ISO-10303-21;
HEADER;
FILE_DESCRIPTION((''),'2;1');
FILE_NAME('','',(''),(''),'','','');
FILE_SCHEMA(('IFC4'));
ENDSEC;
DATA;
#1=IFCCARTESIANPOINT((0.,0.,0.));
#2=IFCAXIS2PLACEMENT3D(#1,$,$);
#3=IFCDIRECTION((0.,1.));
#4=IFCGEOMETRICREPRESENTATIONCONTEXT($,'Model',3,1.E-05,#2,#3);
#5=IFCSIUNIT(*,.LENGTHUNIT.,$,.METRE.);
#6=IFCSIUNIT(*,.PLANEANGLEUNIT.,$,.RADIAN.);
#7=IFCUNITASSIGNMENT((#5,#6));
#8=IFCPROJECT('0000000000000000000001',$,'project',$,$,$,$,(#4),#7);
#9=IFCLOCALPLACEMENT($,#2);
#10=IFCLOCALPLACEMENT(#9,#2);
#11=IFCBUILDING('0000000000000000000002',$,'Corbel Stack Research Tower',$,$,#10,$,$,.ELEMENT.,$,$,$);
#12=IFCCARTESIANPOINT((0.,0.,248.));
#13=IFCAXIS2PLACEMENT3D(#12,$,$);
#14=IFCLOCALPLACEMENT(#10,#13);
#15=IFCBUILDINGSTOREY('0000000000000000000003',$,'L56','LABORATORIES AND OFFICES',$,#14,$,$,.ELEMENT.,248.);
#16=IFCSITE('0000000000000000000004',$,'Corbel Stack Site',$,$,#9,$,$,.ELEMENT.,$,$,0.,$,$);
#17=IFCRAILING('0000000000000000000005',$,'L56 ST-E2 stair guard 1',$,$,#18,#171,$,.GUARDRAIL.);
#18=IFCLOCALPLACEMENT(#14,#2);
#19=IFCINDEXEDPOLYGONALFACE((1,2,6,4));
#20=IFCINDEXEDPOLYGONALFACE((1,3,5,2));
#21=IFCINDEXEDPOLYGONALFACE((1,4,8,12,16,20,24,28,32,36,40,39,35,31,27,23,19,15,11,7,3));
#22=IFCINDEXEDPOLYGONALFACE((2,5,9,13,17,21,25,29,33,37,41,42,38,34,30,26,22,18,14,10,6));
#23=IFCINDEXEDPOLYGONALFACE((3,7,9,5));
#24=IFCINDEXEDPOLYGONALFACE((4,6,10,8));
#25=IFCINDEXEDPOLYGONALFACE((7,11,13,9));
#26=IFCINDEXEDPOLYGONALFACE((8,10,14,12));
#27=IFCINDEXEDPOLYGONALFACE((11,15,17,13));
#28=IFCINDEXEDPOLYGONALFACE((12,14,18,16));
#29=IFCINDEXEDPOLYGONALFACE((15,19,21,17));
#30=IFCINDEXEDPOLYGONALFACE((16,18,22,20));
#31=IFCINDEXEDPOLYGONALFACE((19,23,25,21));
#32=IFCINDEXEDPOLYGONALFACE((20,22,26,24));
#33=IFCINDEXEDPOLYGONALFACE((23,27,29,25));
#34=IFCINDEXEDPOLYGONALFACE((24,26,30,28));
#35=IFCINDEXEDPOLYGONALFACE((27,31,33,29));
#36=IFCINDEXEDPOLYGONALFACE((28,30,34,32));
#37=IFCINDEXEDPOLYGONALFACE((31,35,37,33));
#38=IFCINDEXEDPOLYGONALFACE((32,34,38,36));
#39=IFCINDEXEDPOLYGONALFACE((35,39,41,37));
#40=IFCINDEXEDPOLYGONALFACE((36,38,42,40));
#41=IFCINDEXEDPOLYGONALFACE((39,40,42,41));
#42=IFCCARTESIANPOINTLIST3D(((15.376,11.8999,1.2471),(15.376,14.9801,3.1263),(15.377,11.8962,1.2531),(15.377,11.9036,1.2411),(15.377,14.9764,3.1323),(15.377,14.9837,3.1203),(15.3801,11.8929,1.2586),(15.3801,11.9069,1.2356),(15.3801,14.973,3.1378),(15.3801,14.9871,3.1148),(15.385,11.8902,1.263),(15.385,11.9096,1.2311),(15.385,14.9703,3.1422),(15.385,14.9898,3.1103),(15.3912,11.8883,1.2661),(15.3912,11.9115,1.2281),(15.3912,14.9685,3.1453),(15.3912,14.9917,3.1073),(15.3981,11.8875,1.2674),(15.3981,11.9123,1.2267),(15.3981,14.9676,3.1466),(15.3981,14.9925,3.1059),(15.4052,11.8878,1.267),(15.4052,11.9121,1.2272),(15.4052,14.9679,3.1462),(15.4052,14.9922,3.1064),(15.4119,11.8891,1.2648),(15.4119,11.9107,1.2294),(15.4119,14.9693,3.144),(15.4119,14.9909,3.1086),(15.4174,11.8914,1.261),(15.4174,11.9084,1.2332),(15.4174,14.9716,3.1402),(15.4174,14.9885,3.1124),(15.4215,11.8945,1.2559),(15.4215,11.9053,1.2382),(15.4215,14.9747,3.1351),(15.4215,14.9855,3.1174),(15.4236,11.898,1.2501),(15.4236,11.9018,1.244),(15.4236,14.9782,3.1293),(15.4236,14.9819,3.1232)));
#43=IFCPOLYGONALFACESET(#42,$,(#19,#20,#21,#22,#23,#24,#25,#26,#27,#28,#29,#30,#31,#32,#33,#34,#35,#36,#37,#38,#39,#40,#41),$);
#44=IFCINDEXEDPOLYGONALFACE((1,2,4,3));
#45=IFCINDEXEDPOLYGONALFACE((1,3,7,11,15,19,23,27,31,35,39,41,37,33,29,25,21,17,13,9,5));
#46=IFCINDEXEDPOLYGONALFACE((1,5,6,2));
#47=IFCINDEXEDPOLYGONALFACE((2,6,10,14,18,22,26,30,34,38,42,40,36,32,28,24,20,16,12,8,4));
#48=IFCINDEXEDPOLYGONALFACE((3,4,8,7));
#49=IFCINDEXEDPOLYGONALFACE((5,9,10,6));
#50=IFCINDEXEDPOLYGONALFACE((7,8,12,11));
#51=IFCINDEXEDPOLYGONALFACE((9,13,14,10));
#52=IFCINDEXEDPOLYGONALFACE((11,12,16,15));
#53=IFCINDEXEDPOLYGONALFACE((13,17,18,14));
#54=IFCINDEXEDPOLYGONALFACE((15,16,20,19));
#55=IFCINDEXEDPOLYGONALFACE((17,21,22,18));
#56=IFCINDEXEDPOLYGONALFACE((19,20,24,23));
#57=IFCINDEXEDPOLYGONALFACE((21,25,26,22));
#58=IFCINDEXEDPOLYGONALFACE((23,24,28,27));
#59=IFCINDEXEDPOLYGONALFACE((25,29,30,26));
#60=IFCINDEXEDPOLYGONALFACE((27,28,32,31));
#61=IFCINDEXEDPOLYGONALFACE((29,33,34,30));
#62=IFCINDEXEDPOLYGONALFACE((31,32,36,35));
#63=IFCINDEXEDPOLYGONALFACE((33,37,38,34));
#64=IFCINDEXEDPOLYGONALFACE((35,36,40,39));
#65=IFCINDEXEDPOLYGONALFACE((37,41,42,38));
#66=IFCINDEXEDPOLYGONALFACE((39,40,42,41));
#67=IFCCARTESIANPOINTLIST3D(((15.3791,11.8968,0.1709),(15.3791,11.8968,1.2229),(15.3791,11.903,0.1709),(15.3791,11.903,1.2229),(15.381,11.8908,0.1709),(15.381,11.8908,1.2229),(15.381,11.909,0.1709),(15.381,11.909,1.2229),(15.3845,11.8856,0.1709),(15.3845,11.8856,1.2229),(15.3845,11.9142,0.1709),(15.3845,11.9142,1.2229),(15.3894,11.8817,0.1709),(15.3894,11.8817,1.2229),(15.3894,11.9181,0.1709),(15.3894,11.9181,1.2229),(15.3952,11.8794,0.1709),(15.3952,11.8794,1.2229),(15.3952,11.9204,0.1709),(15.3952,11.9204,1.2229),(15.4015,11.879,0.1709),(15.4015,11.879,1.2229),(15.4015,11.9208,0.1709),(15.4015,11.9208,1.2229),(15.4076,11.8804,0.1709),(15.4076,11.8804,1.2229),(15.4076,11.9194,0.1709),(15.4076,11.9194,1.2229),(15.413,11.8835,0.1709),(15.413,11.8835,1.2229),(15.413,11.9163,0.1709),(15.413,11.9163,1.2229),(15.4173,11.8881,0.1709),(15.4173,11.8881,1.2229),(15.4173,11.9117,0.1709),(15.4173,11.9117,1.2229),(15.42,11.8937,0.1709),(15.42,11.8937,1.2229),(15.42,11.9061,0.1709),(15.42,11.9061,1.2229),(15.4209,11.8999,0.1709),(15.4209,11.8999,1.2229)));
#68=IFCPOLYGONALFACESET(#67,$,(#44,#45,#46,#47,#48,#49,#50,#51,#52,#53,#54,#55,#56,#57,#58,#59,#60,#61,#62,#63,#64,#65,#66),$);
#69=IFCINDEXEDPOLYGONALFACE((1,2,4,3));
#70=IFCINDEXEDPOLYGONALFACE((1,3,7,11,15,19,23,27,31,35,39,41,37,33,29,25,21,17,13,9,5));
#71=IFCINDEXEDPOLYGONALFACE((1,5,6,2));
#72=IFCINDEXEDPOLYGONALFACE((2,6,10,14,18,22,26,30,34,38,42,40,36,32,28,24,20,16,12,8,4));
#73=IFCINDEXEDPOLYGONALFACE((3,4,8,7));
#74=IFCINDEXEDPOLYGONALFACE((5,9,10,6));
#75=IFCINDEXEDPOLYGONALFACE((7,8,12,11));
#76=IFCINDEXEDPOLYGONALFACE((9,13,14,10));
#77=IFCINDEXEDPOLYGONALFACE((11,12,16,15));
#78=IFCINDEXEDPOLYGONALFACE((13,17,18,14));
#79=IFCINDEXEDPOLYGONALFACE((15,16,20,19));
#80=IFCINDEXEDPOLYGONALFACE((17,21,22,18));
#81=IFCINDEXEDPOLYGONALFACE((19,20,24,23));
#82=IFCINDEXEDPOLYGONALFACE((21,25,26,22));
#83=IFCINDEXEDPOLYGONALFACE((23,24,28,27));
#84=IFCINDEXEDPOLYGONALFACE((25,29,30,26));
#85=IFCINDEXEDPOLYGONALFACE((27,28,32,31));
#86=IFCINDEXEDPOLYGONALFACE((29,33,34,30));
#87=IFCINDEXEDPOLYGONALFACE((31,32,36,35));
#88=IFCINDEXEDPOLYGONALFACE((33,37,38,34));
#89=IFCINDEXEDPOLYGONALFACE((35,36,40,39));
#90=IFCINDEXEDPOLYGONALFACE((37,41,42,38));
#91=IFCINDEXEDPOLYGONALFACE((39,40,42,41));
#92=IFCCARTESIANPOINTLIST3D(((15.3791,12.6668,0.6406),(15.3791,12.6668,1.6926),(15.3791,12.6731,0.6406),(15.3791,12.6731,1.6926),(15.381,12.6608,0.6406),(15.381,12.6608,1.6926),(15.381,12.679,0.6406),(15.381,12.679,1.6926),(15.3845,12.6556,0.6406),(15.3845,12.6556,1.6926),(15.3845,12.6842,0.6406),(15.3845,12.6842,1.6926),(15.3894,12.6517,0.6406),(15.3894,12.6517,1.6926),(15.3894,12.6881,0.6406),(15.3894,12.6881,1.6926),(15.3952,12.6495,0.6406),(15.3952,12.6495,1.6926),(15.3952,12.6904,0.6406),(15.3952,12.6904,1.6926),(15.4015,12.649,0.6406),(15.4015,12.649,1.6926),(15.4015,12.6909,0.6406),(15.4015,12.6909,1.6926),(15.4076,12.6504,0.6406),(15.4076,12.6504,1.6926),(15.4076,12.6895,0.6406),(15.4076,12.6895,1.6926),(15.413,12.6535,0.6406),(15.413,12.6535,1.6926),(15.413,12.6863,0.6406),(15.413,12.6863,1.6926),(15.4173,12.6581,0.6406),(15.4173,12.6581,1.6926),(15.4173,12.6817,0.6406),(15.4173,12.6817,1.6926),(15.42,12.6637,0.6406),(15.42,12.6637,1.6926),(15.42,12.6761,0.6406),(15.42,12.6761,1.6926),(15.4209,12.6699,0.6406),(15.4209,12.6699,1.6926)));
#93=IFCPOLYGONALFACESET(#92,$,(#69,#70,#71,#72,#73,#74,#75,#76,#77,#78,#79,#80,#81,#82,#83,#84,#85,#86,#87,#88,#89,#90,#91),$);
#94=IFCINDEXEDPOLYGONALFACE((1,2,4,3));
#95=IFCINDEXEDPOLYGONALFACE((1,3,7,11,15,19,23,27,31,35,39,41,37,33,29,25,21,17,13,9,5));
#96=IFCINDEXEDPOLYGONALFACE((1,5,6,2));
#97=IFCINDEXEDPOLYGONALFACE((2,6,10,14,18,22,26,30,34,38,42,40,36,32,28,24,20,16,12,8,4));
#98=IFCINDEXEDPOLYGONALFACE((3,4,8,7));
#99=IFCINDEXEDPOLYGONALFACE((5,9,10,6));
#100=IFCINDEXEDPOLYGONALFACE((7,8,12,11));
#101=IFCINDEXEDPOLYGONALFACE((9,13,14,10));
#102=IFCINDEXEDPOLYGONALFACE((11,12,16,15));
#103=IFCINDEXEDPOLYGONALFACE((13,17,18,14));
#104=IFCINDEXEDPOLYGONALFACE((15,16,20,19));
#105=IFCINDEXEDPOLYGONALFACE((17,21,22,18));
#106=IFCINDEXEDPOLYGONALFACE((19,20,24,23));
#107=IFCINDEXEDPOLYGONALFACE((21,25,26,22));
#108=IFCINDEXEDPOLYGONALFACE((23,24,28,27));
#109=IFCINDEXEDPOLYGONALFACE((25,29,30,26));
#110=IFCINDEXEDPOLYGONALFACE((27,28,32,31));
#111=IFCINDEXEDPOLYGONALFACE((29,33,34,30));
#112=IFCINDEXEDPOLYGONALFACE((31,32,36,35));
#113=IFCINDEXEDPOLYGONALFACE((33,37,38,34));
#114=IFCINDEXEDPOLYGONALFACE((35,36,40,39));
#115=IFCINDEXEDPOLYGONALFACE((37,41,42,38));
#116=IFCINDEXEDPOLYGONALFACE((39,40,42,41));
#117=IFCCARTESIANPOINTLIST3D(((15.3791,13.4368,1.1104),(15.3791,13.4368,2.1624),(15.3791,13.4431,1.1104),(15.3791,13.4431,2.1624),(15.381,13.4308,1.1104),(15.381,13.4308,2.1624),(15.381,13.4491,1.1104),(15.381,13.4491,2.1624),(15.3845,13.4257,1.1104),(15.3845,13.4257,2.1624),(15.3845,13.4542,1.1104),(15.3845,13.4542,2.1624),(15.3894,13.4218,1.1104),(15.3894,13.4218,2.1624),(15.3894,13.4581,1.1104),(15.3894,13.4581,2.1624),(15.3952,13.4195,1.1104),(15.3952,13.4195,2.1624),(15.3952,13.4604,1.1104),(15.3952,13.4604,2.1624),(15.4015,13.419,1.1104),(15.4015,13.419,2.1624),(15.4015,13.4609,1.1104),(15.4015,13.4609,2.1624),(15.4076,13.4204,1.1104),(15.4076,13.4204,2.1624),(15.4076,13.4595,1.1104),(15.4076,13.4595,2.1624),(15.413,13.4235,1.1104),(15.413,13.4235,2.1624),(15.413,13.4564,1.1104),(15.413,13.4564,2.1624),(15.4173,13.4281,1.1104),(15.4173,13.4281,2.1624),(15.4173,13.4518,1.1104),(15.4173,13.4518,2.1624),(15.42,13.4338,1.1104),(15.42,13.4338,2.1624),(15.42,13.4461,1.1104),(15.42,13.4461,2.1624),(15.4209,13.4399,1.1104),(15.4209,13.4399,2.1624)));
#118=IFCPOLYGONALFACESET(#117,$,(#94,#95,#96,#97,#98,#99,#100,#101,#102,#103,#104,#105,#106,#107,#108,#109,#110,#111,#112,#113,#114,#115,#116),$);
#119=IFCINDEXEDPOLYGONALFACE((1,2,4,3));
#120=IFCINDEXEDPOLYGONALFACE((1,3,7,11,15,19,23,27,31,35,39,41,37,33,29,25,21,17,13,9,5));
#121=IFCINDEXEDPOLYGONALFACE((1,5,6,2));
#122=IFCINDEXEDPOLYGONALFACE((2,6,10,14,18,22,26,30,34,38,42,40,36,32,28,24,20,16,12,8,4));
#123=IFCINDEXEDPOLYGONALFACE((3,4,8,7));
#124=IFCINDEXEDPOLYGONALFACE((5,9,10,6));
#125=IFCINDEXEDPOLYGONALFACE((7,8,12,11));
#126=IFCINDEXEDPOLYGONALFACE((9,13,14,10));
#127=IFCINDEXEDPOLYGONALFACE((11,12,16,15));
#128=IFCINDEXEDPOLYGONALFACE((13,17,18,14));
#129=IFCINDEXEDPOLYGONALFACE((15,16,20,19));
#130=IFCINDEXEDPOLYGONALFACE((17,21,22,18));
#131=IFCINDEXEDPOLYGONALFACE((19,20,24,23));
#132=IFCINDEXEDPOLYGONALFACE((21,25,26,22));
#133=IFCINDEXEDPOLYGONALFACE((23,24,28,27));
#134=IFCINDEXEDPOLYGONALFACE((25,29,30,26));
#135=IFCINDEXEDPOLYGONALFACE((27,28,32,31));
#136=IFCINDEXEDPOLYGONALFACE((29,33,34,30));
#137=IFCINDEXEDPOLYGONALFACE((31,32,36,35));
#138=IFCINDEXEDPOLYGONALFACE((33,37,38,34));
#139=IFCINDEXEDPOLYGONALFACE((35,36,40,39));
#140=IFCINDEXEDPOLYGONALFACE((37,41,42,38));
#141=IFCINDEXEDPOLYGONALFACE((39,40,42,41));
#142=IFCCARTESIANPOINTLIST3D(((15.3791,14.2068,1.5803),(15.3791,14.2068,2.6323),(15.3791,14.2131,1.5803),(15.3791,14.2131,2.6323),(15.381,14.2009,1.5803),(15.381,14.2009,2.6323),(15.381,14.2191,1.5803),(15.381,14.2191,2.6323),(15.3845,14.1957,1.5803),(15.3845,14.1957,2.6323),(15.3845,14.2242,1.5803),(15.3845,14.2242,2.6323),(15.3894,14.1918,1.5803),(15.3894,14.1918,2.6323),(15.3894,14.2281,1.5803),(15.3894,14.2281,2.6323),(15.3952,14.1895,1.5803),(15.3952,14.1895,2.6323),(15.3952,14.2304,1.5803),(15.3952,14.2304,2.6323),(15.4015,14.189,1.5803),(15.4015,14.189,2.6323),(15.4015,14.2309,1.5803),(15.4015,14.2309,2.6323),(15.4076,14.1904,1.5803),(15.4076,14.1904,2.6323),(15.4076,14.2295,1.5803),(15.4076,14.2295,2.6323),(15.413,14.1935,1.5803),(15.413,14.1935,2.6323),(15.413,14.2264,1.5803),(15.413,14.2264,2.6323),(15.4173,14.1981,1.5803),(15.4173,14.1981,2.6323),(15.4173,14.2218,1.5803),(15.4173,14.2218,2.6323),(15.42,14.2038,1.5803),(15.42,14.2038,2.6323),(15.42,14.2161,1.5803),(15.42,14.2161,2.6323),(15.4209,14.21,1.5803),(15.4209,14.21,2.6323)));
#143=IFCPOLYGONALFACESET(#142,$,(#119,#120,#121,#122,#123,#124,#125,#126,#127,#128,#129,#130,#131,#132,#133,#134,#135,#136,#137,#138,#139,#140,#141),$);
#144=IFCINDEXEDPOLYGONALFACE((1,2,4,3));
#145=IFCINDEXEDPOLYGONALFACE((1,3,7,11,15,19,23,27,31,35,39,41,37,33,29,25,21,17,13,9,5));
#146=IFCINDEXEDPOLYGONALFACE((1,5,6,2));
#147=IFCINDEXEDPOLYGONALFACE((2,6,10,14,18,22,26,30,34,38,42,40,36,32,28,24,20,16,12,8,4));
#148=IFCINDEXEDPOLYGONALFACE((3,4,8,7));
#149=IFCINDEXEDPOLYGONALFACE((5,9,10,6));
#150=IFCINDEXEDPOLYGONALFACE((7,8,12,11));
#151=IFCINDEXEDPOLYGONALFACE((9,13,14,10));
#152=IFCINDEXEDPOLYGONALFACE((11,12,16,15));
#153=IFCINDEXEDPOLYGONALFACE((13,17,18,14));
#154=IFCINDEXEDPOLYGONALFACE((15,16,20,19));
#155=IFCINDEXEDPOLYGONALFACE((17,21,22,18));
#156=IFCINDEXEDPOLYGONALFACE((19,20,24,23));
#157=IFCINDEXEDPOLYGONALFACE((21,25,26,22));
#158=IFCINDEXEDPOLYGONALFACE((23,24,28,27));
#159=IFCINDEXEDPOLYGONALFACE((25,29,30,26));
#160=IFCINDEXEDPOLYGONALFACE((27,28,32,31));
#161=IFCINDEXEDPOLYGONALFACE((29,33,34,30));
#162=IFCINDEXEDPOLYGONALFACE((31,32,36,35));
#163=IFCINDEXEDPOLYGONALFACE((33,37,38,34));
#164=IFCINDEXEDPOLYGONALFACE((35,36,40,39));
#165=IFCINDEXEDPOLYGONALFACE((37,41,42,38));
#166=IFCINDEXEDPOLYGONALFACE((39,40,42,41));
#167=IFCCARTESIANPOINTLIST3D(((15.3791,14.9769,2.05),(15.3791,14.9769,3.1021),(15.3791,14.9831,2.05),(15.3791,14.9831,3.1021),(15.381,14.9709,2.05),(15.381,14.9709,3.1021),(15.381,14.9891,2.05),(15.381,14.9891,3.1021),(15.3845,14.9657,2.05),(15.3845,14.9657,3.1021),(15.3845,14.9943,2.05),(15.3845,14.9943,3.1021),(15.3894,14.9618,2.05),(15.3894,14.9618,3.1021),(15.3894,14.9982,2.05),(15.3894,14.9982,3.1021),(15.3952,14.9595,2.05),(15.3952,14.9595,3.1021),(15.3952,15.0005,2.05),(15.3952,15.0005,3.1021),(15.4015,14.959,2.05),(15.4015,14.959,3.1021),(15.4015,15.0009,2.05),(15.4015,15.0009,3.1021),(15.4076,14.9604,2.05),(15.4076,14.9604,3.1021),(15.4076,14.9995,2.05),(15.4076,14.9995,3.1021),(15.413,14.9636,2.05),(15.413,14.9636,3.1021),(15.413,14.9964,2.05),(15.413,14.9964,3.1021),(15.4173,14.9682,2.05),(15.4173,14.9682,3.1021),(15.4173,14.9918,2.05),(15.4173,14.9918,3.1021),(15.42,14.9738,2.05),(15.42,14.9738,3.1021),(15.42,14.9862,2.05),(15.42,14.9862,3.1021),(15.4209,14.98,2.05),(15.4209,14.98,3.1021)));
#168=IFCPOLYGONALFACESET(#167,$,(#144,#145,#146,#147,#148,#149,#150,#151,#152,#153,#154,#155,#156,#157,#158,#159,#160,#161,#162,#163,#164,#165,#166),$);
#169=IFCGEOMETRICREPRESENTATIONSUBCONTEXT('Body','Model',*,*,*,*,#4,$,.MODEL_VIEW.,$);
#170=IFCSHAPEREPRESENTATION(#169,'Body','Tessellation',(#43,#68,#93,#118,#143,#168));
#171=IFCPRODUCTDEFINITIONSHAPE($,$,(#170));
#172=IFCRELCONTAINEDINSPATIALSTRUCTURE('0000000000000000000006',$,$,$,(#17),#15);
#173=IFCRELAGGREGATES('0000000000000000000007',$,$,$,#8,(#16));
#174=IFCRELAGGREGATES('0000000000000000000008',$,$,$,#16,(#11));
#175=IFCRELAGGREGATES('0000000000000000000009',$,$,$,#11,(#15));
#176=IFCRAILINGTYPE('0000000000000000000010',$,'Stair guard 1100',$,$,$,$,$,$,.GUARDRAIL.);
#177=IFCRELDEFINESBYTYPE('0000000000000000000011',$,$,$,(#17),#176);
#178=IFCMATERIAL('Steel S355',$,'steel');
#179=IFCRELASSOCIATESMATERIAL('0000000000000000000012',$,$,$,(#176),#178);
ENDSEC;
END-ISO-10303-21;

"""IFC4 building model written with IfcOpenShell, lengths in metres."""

from ifc_helpers import new_model, si_unit, direction, frame, origin, origin_2d, place, context, subcontext, project, spatial, circle, extrude, material, type_object, element, save


model = new_model("IFC4")

# Units and contexts
model_context = context("Model", 3, precision=1e-05, world=origin(), true_north=direction((0.0, 1.0)))
body_context = subcontext(model_context, "Body", "Model", "MODEL_VIEW")
ifc_project = project(units=[si_unit("LENGTHUNIT", "METRE"), si_unit("PLANEANGLEUNIT", "RADIAN")], contexts=[model_context])

# Site, building, storey
site_placement = place(None, origin())
site = spatial("IfcSite", under=ifc_project, at=site_placement, Name="Corbel Stack Site", CompositionType="ELEMENT", RefElevation=0.0)
building_placement = place(site_placement, origin())
building = spatial("IfcBuilding", under=site, at=building_placement, Name="Corbel Stack Research Tower", CompositionType="ELEMENT")
storey_placement = place(building_placement, frame((0.0, 0.0, 248.0)))
storey = spatial("IfcBuildingStorey", under=building, at=storey_placement, Name="L56", Description="LABORATORIES AND OFFICES", CompositionType="ELEMENT", Elevation=248.0)

# Railing
ifc_material_1 = material(Name="Steel S355", Category="steel")
railing_type_1 = type_object("IfcRailingType", Name="Stair guard 1100", PredefinedType="GUARDRAIL", material=ifc_material_1)
railing_1_placement = place(storey_placement, frame((15.3999, 11.8999, 0.1709)))
element("IfcRailing", 1, at=railing_1_placement, inside=storey, type_object=railing_type_1, Name="L56 ST-E2 stair guard 1", PredefinedType="GUARDRAIL", context=body_context, shape_type="SweptSolid", body=[
    extrude(circle(Radius=0.0239, at=origin_2d()), frame((0.0, 0.0, 1.0762), z_axis=(0.0, 0.853666, 0.52082), x_axis=(-1.0, 0.0, 0.0)), (0.0, 0.0, 1.0), 3.6082),
    extrude(circle(Radius=0.021, at=origin_2d()), origin(), (0.0, 0.0, 1.0), 1.052),
    extrude(circle(Radius=0.021, at=origin_2d()), frame((0.0, 0.77, 0.4697)), (0.0, 0.0, 1.0), 1.052),
    extrude(circle(Radius=0.021, at=origin_2d()), frame((0.0, 1.54, 0.9395)), (0.0, 0.0, 1.0), 1.052),
    extrude(circle(Radius=0.021, at=origin_2d()), frame((0.0, 2.3101, 1.4094)), (0.0, 0.0, 1.0), 1.052),
    extrude(circle(Radius=0.021, at=origin_2d()), frame((0.0, 3.0801, 1.8792)), (0.0, 0.0, 1.0), 1.052),
])

save(model, "model.ifc")
